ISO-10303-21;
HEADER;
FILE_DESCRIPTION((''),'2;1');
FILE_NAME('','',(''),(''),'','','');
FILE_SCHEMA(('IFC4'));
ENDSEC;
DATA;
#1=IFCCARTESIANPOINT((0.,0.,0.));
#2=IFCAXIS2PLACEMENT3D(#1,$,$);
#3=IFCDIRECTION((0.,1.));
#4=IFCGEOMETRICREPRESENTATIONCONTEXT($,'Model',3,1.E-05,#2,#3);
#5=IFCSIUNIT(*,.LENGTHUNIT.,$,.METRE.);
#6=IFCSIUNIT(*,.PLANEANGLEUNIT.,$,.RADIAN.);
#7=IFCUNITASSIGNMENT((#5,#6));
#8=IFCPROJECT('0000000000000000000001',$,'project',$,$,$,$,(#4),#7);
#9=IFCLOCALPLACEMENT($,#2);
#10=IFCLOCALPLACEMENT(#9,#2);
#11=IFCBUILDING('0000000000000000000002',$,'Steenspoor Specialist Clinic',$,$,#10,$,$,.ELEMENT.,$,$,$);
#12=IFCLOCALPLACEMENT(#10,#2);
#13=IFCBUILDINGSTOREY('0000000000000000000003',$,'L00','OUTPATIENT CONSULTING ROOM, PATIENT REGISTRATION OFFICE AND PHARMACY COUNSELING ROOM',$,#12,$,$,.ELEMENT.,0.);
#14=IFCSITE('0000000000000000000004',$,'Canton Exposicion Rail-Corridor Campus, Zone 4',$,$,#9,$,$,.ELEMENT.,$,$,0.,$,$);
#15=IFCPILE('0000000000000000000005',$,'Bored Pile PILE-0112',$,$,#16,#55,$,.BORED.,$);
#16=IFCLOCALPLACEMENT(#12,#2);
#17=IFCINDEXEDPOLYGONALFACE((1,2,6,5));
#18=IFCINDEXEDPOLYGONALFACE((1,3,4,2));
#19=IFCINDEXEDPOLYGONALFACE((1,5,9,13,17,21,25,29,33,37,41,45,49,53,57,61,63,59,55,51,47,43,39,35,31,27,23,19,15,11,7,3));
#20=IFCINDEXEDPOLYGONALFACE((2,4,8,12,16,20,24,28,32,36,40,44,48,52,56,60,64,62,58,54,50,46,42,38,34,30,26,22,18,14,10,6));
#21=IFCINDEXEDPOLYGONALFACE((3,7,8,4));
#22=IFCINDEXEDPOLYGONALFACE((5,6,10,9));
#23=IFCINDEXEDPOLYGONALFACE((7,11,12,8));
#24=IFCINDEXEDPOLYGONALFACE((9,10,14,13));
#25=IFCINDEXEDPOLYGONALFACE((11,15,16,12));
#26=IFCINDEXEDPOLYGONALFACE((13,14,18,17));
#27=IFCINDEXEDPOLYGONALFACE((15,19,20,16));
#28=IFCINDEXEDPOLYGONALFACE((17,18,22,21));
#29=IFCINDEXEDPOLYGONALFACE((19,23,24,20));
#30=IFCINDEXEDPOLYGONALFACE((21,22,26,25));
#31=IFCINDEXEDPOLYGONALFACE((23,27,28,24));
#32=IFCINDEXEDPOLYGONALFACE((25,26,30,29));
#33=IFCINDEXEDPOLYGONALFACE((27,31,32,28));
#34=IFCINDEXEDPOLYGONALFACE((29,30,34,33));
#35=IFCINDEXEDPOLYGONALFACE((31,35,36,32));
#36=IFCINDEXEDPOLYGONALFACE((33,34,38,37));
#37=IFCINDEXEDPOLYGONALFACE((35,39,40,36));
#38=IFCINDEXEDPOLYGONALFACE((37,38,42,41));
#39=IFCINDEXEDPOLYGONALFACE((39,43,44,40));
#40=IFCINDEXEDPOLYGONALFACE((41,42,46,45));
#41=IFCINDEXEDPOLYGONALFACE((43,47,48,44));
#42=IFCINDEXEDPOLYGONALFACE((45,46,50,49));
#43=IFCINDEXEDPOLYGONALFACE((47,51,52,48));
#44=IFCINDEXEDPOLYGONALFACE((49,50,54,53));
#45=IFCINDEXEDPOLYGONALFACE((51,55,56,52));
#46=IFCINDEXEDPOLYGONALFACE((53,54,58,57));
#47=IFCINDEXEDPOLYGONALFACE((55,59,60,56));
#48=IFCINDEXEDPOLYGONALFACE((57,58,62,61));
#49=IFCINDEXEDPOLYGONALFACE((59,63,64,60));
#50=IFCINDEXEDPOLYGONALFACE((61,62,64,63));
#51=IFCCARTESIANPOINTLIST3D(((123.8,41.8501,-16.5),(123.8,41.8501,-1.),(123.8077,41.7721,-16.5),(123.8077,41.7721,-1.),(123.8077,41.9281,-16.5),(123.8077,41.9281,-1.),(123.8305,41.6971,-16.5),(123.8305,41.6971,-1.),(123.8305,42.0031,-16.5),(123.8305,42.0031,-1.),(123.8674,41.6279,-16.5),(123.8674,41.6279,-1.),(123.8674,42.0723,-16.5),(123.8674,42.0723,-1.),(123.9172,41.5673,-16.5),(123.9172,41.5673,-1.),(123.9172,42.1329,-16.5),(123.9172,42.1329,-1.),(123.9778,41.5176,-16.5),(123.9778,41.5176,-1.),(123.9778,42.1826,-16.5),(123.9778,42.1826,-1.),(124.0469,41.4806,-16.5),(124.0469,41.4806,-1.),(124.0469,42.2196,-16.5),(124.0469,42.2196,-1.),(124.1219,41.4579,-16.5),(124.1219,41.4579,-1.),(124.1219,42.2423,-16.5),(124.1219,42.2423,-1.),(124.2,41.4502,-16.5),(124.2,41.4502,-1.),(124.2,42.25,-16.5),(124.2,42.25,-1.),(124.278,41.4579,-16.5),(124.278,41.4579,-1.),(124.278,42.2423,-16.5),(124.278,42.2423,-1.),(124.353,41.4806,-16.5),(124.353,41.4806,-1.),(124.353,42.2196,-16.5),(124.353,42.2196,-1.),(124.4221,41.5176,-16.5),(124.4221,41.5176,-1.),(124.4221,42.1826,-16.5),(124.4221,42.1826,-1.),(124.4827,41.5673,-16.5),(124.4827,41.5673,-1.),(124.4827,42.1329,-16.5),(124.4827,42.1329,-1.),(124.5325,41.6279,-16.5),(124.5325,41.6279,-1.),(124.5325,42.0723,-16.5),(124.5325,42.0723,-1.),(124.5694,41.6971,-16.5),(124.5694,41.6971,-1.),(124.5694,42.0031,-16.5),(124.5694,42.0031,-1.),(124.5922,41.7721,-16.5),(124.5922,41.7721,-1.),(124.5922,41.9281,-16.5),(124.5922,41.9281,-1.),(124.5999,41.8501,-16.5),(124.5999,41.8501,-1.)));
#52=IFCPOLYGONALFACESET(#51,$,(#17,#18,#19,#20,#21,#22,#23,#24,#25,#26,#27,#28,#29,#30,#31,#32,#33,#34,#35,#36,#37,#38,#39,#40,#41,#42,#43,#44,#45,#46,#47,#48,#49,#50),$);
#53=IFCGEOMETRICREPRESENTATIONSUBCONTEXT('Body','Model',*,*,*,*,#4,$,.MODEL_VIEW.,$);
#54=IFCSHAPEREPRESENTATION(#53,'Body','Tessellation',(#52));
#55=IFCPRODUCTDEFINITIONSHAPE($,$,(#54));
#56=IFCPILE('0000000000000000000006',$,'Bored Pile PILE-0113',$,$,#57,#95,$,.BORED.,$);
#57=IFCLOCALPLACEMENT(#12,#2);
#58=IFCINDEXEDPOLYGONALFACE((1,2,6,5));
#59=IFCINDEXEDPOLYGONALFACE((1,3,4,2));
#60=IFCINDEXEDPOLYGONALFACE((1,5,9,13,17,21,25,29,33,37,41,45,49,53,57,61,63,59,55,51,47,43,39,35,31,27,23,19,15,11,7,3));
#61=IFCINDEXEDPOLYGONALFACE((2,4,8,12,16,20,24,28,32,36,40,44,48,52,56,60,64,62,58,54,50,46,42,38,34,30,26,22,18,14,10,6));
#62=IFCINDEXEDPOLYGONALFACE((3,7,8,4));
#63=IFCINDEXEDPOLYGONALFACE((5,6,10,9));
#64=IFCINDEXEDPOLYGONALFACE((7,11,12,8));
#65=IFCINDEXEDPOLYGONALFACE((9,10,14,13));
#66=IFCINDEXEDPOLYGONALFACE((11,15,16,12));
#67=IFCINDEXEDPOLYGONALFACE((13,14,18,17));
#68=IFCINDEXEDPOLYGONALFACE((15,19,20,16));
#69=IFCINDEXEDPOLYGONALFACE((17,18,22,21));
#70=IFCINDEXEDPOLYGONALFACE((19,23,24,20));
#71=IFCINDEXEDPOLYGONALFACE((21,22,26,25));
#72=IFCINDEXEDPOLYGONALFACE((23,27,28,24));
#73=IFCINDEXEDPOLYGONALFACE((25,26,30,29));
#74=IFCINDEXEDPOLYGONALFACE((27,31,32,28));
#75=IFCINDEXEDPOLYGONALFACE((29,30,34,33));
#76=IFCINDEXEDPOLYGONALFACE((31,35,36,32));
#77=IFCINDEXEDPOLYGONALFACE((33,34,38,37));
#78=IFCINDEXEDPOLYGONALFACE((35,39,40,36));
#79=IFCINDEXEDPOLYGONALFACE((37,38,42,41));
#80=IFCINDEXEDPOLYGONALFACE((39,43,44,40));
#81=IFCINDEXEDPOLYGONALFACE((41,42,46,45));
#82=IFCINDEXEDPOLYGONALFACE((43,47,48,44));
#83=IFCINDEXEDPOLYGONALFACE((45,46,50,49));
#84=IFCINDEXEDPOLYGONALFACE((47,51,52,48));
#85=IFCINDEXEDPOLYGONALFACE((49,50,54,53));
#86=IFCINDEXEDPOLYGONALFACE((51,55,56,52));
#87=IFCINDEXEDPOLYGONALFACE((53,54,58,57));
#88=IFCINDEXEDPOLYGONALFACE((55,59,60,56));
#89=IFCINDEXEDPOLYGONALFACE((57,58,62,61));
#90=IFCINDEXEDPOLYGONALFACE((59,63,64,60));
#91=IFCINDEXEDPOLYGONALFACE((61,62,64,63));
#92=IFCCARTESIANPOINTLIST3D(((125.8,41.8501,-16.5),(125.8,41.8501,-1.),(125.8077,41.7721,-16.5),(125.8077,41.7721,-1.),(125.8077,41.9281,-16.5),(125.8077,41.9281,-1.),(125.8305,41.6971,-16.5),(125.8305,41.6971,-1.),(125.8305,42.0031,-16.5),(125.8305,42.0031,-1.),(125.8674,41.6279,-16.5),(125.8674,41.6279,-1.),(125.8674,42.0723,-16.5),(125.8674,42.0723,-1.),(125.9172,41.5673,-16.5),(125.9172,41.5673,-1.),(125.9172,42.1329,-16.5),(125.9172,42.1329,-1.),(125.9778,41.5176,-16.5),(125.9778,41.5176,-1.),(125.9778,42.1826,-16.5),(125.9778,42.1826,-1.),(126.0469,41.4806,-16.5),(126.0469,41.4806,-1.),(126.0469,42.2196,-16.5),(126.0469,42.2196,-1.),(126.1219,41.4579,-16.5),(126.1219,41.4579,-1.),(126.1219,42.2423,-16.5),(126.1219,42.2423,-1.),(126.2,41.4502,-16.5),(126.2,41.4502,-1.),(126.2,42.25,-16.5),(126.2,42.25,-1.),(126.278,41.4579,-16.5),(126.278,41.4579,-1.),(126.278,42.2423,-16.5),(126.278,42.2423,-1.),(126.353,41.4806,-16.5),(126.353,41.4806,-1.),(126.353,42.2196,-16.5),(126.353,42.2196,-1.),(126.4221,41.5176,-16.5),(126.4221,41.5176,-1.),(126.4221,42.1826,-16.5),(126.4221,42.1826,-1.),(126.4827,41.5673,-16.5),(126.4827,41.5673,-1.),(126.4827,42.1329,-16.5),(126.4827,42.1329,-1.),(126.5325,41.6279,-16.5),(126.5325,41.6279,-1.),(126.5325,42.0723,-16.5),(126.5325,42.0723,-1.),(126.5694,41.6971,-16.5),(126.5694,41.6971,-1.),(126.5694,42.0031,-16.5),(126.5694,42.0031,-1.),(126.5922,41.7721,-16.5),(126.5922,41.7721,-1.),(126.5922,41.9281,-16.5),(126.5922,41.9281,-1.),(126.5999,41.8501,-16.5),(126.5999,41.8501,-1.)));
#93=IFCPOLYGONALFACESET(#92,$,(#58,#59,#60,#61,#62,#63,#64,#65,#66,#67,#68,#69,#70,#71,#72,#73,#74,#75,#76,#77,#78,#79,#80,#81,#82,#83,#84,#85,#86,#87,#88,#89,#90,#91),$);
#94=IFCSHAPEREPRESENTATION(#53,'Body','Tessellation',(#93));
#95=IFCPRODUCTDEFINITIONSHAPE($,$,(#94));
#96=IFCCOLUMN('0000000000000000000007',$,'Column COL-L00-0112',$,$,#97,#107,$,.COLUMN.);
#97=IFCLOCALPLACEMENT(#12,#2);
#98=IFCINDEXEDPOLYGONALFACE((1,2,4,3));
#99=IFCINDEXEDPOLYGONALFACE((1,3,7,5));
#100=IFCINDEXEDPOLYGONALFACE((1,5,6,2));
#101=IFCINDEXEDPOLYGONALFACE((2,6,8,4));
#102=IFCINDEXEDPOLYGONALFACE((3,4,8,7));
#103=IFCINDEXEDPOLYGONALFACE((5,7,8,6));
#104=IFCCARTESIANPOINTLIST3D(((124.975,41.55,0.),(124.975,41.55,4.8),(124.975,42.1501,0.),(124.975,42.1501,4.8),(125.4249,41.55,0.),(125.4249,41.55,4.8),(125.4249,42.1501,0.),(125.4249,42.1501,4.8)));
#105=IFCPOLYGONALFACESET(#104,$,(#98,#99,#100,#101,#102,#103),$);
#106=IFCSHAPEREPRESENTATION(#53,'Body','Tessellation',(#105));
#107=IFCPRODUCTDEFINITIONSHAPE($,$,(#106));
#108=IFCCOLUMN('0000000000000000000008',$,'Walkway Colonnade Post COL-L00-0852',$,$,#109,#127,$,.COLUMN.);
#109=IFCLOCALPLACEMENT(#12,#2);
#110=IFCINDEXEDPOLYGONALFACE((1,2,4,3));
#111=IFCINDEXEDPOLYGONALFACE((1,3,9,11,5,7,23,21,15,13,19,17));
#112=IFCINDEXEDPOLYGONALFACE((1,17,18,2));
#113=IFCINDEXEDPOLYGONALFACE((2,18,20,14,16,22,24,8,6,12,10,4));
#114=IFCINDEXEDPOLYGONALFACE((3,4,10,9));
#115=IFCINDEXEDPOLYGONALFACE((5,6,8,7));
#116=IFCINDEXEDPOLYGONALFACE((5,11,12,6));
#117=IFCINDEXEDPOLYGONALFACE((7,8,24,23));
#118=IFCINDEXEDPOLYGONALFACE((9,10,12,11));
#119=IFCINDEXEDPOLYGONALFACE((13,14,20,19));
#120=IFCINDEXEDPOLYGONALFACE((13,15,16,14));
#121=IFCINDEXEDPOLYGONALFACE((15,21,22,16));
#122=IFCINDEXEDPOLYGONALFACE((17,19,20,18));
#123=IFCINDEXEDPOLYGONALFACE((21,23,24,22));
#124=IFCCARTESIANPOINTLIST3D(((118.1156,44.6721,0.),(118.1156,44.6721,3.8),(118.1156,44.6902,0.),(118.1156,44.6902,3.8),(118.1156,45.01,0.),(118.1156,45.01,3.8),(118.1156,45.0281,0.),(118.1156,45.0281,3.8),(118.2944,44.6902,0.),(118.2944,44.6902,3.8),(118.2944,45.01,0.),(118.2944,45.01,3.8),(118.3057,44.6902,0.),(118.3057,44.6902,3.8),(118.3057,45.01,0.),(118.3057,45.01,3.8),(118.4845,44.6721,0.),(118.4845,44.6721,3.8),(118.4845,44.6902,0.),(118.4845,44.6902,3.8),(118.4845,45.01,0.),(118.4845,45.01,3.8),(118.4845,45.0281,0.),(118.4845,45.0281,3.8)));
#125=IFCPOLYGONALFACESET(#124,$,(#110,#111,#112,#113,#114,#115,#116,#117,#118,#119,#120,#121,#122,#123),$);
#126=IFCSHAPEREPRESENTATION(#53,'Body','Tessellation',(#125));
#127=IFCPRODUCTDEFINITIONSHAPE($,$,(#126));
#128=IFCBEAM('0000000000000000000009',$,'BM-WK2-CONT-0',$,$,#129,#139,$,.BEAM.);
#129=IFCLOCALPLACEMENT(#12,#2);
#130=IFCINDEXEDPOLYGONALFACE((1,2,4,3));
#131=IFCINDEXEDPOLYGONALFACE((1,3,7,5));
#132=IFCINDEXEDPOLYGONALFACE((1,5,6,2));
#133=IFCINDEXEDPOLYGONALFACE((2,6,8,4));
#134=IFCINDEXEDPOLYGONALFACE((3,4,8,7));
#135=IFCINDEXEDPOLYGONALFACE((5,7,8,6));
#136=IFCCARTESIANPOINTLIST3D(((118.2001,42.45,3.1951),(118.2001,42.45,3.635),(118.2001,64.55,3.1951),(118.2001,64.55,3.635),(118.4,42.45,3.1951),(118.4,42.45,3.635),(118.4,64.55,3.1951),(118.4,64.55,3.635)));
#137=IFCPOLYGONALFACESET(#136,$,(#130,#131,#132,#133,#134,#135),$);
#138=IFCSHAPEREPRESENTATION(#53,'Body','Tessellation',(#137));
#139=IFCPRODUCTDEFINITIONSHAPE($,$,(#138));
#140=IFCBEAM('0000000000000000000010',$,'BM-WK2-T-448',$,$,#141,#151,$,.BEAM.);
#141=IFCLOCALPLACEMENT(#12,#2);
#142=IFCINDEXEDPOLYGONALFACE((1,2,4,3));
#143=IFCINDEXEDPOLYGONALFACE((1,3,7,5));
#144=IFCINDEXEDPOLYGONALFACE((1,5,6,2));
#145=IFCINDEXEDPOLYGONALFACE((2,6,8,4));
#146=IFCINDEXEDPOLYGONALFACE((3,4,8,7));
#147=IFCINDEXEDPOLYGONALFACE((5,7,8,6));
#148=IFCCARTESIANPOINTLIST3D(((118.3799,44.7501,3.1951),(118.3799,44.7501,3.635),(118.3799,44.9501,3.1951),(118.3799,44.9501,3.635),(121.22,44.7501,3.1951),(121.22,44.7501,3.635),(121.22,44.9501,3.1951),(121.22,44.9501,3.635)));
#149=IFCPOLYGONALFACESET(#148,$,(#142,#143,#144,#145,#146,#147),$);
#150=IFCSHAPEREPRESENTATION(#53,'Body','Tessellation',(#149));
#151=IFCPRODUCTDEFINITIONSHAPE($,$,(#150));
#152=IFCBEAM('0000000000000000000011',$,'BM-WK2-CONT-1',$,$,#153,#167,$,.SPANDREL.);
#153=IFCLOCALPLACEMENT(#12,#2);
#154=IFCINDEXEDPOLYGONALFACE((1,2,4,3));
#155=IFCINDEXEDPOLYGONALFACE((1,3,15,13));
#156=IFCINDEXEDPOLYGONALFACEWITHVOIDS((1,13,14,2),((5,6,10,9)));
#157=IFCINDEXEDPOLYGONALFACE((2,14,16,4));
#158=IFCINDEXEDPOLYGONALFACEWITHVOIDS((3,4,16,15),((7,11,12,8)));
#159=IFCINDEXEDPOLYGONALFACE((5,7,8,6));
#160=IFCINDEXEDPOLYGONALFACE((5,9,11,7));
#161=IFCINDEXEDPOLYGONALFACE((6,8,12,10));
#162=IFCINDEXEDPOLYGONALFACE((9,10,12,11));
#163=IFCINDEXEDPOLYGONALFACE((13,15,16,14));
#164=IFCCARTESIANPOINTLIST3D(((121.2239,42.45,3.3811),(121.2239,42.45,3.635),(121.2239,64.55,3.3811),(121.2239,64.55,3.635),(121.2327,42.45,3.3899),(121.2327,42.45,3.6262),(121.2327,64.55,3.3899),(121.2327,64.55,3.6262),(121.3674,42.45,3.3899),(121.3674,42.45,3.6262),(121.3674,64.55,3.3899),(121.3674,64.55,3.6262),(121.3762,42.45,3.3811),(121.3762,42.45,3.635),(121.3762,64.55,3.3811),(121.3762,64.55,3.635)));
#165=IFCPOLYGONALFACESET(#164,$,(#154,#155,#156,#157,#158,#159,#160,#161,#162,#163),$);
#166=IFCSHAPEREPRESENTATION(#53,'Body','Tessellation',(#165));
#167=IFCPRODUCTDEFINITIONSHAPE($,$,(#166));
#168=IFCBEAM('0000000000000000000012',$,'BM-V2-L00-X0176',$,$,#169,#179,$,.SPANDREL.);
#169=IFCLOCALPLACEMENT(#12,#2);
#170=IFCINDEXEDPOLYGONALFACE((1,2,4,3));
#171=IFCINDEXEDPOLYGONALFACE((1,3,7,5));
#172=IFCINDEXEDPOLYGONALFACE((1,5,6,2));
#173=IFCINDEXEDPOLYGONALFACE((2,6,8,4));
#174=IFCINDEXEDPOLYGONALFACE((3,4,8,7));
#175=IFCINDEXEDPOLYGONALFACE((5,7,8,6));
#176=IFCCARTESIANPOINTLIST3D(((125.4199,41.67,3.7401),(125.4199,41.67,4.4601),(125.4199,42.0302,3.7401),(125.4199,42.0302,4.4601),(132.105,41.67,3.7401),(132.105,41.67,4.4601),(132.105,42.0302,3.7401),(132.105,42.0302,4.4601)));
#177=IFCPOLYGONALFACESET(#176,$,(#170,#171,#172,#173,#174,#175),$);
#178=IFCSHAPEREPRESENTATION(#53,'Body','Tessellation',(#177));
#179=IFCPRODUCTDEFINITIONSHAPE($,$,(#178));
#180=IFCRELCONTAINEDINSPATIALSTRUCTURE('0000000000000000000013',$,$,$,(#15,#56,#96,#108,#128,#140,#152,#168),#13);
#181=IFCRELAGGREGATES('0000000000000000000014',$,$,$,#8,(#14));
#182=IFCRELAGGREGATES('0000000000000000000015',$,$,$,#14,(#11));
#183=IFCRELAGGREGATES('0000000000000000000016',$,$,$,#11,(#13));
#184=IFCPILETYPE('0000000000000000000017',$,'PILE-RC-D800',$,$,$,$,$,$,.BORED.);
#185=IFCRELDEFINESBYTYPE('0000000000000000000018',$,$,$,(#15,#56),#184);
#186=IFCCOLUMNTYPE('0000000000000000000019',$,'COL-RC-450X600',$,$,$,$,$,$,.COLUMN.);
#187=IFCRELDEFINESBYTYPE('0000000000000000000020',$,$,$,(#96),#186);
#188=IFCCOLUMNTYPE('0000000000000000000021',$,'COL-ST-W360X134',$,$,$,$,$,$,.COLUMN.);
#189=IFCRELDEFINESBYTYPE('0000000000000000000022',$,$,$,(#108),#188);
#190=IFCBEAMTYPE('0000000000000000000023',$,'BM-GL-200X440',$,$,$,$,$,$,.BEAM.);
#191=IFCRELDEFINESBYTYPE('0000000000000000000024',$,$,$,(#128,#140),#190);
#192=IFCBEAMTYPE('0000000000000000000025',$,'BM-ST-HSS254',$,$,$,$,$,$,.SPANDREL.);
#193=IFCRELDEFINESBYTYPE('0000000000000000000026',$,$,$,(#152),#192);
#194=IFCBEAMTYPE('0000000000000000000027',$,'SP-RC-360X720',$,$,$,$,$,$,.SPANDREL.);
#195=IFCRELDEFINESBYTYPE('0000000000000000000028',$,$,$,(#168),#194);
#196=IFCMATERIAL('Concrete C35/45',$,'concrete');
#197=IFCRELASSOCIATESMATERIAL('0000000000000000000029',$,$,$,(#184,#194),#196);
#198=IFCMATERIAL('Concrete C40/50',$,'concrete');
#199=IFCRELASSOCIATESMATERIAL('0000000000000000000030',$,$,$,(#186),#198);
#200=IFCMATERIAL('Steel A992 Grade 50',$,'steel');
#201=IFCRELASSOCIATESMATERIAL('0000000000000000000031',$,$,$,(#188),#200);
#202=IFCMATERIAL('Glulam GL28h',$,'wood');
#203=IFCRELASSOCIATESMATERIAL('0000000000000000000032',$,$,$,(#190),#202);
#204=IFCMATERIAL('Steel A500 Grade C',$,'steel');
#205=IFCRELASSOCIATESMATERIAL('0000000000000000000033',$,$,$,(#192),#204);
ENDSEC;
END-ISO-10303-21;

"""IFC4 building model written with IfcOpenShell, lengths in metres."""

from ifc_helpers import new_model, si_unit, direction, frame, origin, origin_2d, place, context, subcontext, project, spatial, rectangle, hollow_rectangle, circle, i_section, extrude, material, material_profile, profile_set, type_object, element, save


model = new_model("IFC4")

# Units and contexts
model_context = context("Model", 3, precision=1e-05, world=origin(), true_north=direction((0.0, 1.0)))
body_context = subcontext(model_context, "Body", "Model", "MODEL_VIEW")
ifc_project = project(units=[si_unit("LENGTHUNIT", "METRE"), si_unit("PLANEANGLEUNIT", "RADIAN")], contexts=[model_context])

# Site, building, storey
site_placement = place(None, origin())
site = spatial("IfcSite", under=ifc_project, at=site_placement, Name="Canton Exposicion Rail-Corridor Campus, Zone 4", CompositionType="ELEMENT", RefElevation=0.0)
building_placement = place(site_placement, origin())
building = spatial("IfcBuilding", under=site, at=building_placement, Name="Steenspoor Specialist Clinic", CompositionType="ELEMENT")
storey_placement = place(building_placement, origin())
storey = spatial("IfcBuildingStorey", under=building, at=storey_placement, Name="L00", Description="OUTPATIENT CONSULTING ROOM, PATIENT REGISTRATION OFFICE AND PHARMACY COUNSELING ROOM", CompositionType="ELEMENT", Elevation=0.0)

# Shared definitions
ifc_material_1 = material(Name="Concrete C35/45", Category="concrete")

# Piles
ifc_material_profile_1 = material_profile(ifc_material_1, circle(Radius=0.3999, at=origin_2d()), Name="PILE-D800")
ifc_profile_set_1 = profile_set([ifc_material_profile_1], Name="Concrete C35/45")
pile_type_1 = type_object("IfcPileType", Name="PILE-RC-D800", PredefinedType="BORED", material=ifc_profile_set_1)
for number, where, z_axis, x_axis, name in (
    (1, (124.2, 41.8501, -1.0), (0.0, 0.0, -1.0), (1.0, 0.0, 0.0), "Bored Pile PILE-0112"),
    (2, (126.2, 41.8501, -1.0), (0.0, 0.0, -1.0), (1.0, 0.0, 0.0), "Bored Pile PILE-0113"),
):
    element("IfcPile", number, at=place(storey_placement, frame(where, z_axis=z_axis, x_axis=x_axis)), inside=storey, type_object=pile_type_1, Name=name, PredefinedType="BORED", context=body_context, shape_type="SweptSolid", body=[
        extrude(circle(Radius=0.3999, at=origin_2d()), origin(), (0.0, 0.0, 1.0), 15.5),
    ])

# Columns
ifc_material_2 = material(Name="Concrete C40/50", Category="concrete")
ifc_material_profile_2 = material_profile(ifc_material_2, rectangle(XDim=0.45, YDim=0.6001, at=origin_2d()), Name="RC-COL-450X600")
ifc_profile_set_2 = profile_set([ifc_material_profile_2], Name="Concrete C40/50")
column_type_1 = type_object("IfcColumnType", Name="COL-RC-450X600", PredefinedType="COLUMN", material=ifc_profile_set_2)
column_1_placement = place(storey_placement, frame((125.2, 41.8501, 0.0), z_axis=(0.0, 0.0, 1.0), x_axis=(1.0, 0.0, 0.0)))
element("IfcColumn", 3, at=column_1_placement, inside=storey, type_object=column_type_1, Name="Column COL-L00-0112", PredefinedType="COLUMN", context=body_context, shape_type="SweptSolid", body=[
    extrude(rectangle(XDim=0.45, YDim=0.6001, at=origin_2d()), origin(), (0.0, 0.0, 1.0), 4.8),
])
ifc_material_3 = material(Name="Steel A992 Grade 50", Category="steel")
ifc_material_profile_3 = material_profile(ifc_material_3, i_section(OverallWidth=0.3689, OverallDepth=0.356, WebThickness=0.0112, FlangeThickness=0.0181, at=origin_2d()), Name="W360X134")
ifc_profile_set_3 = profile_set([ifc_material_profile_3], Name="Steel A992 Grade 50")
column_type_2 = type_object("IfcColumnType", Name="COL-ST-W360X134", PredefinedType="COLUMN", material=ifc_profile_set_3)
column_2_placement = place(storey_placement, frame((118.3, 44.8501, 0.0), z_axis=(0.0, 0.0, 1.0), x_axis=(1.0, 0.0, 0.0)))
element("IfcColumn", 4, at=column_2_placement, inside=storey, type_object=column_type_2, Name="Walkway Colonnade Post COL-L00-0852", PredefinedType="COLUMN", context=body_context, shape_type="SweptSolid", body=[
    extrude(i_section(OverallWidth=0.3689, OverallDepth=0.356, WebThickness=0.0112, FlangeThickness=0.0181, at=origin_2d()), origin(), (0.0, 0.0, 1.0), 3.8),
])

# Beams
ifc_material_4 = material(Name="Glulam GL28h", Category="wood")
ifc_material_profile_4 = material_profile(ifc_material_4, rectangle(XDim=0.2, YDim=0.4399, at=origin_2d()), Name="GL28H-200X440")
ifc_profile_set_4 = profile_set([ifc_material_profile_4], Name="Glulam GL28h")
beam_type_1 = type_object("IfcBeamType", Name="BM-GL-200X440", PredefinedType="BEAM", material=ifc_profile_set_4)
beam_1_placement = place(storey_placement, frame((118.3, 42.45, 3.415), z_axis=(0.0, 1.0, 0.0), x_axis=(-1.0, 0.0, 0.0)))
element("IfcBeam", 5, at=beam_1_placement, inside=storey, type_object=beam_type_1, Name="BM-WK2-CONT-0", PredefinedType="BEAM", context=body_context, shape_type="SweptSolid", body=[
    extrude(rectangle(XDim=0.2, YDim=0.4399, at=origin_2d()), origin(), (0.0, 0.0, 1.0), 22.1001),
])
beam_2_placement = place(storey_placement, frame((118.3799, 44.8501, 3.415), z_axis=(1.0, 0.0, 0.0), x_axis=(0.0, 1.0, 0.0)))
element("IfcBeam", 6, at=beam_2_placement, inside=storey, type_object=beam_type_1, Name="BM-WK2-T-448", PredefinedType="BEAM", context=body_context, shape_type="SweptSolid", body=[
    extrude(rectangle(XDim=0.2, YDim=0.4399, at=origin_2d()), origin(), (0.0, 0.0, 1.0), 2.8401),
])
ifc_material_5 = material(Name="Steel A500 Grade C", Category="steel")
ifc_material_profile_5 = material_profile(ifc_material_5, hollow_rectangle(XDim=0.1523, YDim=0.2539, WallThickness=0.0088, at=origin_2d()), Name="HSS254X152X9.5")
ifc_profile_set_5 = profile_set([ifc_material_profile_5], Name="Steel A500 Grade C")
beam_type_2 = type_object("IfcBeamType", Name="BM-ST-HSS254", PredefinedType="SPANDREL", material=ifc_profile_set_5)
beam_3_placement = place(storey_placement, frame((121.3, 42.45, 3.5081), z_axis=(0.0, 1.0, 0.0), x_axis=(-1.0, 0.0, 0.0)))
element("IfcBeam", 7, at=beam_3_placement, inside=storey, type_object=beam_type_2, Name="BM-WK2-CONT-1", PredefinedType="SPANDREL", context=body_context, shape_type="SweptSolid", body=[
    extrude(hollow_rectangle(XDim=0.1523, YDim=0.2539, WallThickness=0.0088, at=origin_2d()), origin(), (0.0, 0.0, 1.0), 22.1001),
])
ifc_material_profile_6 = material_profile(ifc_material_1, rectangle(XDim=0.3601, YDim=0.72, at=origin_2d()), Name="RC-SP-360X720")
ifc_profile_set_6 = profile_set([ifc_material_profile_6], Name="Concrete C35/45")
beam_type_3 = type_object("IfcBeamType", Name="SP-RC-360X720", PredefinedType="SPANDREL", material=ifc_profile_set_6)
beam_4_placement = place(storey_placement, frame((125.4199, 41.8501, 4.1001), z_axis=(1.0, 0.0, 0.0), x_axis=(0.0, 1.0, 0.0)))
element("IfcBeam", 8, at=beam_4_placement, inside=storey, type_object=beam_type_3, Name="BM-V2-L00-X0176", PredefinedType="SPANDREL", context=body_context, shape_type="SweptSolid", body=[
    extrude(rectangle(XDim=0.3601, YDim=0.72, at=origin_2d()), origin(), (0.0, 0.0, 1.0), 6.6851),
])

save(model, "model.ifc")
